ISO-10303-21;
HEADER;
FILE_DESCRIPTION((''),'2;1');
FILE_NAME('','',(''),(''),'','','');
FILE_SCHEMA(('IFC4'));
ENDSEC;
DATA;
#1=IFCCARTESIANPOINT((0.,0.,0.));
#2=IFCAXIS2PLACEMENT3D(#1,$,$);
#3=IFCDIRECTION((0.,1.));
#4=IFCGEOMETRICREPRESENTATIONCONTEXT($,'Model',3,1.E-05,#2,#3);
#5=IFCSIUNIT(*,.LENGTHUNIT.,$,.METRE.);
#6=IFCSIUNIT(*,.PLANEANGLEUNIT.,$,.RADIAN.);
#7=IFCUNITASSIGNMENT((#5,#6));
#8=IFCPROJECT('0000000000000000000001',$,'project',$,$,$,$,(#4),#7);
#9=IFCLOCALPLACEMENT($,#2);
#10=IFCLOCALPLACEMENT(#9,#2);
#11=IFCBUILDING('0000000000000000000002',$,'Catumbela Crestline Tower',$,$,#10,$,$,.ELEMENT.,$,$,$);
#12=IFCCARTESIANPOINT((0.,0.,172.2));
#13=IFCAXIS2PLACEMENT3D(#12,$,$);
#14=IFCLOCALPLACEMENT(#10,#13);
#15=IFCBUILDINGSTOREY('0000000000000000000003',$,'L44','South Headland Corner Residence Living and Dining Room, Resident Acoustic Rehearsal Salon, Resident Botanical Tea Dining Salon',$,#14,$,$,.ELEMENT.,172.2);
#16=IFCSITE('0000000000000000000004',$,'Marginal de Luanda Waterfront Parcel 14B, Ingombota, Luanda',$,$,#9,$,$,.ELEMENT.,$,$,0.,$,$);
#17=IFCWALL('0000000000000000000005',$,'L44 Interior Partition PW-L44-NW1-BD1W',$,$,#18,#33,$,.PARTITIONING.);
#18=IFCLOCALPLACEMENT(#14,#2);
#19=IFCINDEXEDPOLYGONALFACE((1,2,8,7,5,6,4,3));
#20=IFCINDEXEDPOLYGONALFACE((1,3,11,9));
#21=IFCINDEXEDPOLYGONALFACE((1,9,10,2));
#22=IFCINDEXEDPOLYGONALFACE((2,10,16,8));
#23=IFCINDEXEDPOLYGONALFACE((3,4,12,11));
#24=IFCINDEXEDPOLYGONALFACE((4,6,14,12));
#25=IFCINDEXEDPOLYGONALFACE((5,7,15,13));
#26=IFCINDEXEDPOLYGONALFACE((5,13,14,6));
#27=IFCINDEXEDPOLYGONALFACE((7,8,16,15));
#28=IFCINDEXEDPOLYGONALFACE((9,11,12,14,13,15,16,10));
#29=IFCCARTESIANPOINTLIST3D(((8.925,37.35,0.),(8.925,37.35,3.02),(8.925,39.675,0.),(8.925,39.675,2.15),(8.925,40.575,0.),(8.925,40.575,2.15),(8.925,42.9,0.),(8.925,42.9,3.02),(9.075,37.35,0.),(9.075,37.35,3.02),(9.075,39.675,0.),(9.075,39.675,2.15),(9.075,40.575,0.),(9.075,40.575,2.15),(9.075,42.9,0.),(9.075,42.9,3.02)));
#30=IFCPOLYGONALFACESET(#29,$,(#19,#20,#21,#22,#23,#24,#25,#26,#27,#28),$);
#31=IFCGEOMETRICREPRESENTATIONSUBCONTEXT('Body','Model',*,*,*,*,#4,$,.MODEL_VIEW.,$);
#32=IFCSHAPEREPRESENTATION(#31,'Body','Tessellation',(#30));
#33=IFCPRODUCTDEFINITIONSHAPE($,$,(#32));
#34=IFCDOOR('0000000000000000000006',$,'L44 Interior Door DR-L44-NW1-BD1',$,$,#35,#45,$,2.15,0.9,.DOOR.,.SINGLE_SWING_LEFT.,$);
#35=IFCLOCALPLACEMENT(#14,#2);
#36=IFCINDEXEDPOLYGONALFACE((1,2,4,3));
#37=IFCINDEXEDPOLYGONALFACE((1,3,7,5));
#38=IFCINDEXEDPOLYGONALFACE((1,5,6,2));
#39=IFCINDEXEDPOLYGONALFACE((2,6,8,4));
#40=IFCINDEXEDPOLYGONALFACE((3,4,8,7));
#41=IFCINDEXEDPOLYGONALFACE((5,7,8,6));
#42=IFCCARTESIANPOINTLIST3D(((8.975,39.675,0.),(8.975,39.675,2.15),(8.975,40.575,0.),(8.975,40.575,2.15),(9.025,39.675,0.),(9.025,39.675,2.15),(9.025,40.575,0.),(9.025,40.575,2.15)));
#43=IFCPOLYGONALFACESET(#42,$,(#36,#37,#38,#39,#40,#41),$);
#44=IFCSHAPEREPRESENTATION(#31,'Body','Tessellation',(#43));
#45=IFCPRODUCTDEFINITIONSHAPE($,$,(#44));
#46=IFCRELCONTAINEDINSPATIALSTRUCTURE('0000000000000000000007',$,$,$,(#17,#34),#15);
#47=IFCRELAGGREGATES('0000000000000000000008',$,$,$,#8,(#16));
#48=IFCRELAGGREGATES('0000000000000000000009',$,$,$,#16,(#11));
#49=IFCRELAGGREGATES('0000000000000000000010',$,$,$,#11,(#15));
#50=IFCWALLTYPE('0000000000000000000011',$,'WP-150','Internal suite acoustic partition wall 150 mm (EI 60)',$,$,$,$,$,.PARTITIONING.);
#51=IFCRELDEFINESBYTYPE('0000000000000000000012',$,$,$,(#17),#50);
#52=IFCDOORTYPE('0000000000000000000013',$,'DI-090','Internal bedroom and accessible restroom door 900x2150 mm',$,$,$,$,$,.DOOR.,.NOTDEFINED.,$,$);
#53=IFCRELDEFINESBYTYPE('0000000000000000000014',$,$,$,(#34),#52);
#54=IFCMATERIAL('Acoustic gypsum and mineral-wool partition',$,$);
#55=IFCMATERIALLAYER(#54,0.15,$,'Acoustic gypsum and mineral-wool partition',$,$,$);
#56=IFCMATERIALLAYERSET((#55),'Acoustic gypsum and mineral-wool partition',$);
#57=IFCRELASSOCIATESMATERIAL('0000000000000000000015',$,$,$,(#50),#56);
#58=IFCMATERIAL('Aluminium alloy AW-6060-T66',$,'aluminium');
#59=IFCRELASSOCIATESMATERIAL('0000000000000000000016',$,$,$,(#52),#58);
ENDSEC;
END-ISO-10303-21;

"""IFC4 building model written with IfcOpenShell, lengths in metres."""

from ifc_helpers import new_model, si_unit, direction, frame, frame_2d, origin, place, context, subcontext, project, spatial, rectangle, extrude, material, layer, layer_set, type_object, element, fill, save


model = new_model("IFC4")

# Units and contexts
model_context = context("Model", 3, precision=1e-05, world=origin(), true_north=direction((0.0, 1.0)))
body_context = subcontext(model_context, "Body", "Model", "MODEL_VIEW")
ifc_project = project(units=[si_unit("LENGTHUNIT", "METRE"), si_unit("PLANEANGLEUNIT", "RADIAN")], contexts=[model_context])

# Site, building, storey
site_placement = place(None, origin())
site = spatial("IfcSite", under=ifc_project, at=site_placement, Name="Marginal de Luanda Waterfront Parcel 14B, Ingombota, Luanda", CompositionType="ELEMENT", RefElevation=0.0)
building_placement = place(site_placement, origin())
building = spatial("IfcBuilding", under=site, at=building_placement, Name="Catumbela Crestline Tower", CompositionType="ELEMENT")
storey_placement = place(building_placement, frame((0.0, 0.0, 172.2)))
storey = spatial("IfcBuildingStorey", under=building, at=storey_placement, Name="L44", Description="South Headland Corner Residence Living and Dining Room, Resident Acoustic Rehearsal Salon, Resident Botanical Tea Dining Salon", CompositionType="ELEMENT", Elevation=172.2)

# Shared definitions
ifc_material_1 = material(Name="Aluminium alloy AW-6060-T66", Category="aluminium")

# Shared definitions
ifc_material_2 = material(Name="Acoustic gypsum and mineral-wool partition")

# Shared definitions
ifc_layer_1 = layer(ifc_material_2, 0.15, Name="Acoustic gypsum and mineral-wool partition")
ifc_layer_set_1 = layer_set([ifc_layer_1], Name="Acoustic gypsum and mineral-wool partition")
wall_type_1 = type_object("IfcWallType", Name="WP-150", Description="Internal suite acoustic partition wall 150 mm (EI 60)", PredefinedType="PARTITIONING", material=ifc_layer_set_1)

# Wall, opening, door
wall_1_placement = place(storey_placement, frame((9.0, 37.35, 0.0), z_axis=(0.0, 0.0, 1.0), x_axis=(0.0, 1.0, 0.0)))
wall_1 = element("IfcWall", 1, at=wall_1_placement, inside=storey, type_object=wall_type_1, Name="L44 Interior Partition PW-L44-NW1-BD1W", PredefinedType="PARTITIONING", context=body_context, shape_type="SweptSolid", body=[
    extrude(rectangle(XDim=5.55, YDim=0.15, at=frame_2d((2.775, 0.0))), origin(), (0.0, 0.0, 1.0), 3.02),
])
opening_1_placement = place(wall_1_placement, frame((2.325, 0.0, 0.0)))
opening_1 = element("IfcOpeningElement", 2, at=opening_1_placement, cuts=wall_1, PredefinedType="OPENING", context=body_context, shape_type="SweptSolid", body=[
    extrude(rectangle(XDim=0.9, YDim=2.15, at=frame_2d((0.45, 1.075))), frame((0.0, 0.085, 0.0), z_axis=(0.0, -1.0, 0.0), x_axis=(1.0, 0.0, 0.0)), (0.0, 0.0, 1.0), 0.17),
])
door_type_1 = type_object("IfcDoorType", Name="DI-090", Description="Internal bedroom and accessible restroom door 900x2150 mm", OperationType="NOTDEFINED", PredefinedType="DOOR", material=ifc_material_1)
door_1_placement = place(opening_1_placement, origin())
door_1 = element("IfcDoor", 3, at=door_1_placement, inside=storey, type_object=door_type_1, Name="L44 Interior Door DR-L44-NW1-BD1", OperationType="SINGLE_SWING_LEFT", OverallHeight=2.15, OverallWidth=0.9, PredefinedType="DOOR", context=body_context, shape_type="SweptSolid", body=[
    extrude(rectangle(XDim=0.9, YDim=2.15, at=frame_2d((0.45, 1.075))), frame((0.0, 0.025, 0.0), z_axis=(0.0, -1.0, 0.0), x_axis=(1.0, 0.0, 0.0)), (0.0, 0.0, 1.0), 0.05),
])
fill(opening_1, door_1)

save(model, "model.ifc")
